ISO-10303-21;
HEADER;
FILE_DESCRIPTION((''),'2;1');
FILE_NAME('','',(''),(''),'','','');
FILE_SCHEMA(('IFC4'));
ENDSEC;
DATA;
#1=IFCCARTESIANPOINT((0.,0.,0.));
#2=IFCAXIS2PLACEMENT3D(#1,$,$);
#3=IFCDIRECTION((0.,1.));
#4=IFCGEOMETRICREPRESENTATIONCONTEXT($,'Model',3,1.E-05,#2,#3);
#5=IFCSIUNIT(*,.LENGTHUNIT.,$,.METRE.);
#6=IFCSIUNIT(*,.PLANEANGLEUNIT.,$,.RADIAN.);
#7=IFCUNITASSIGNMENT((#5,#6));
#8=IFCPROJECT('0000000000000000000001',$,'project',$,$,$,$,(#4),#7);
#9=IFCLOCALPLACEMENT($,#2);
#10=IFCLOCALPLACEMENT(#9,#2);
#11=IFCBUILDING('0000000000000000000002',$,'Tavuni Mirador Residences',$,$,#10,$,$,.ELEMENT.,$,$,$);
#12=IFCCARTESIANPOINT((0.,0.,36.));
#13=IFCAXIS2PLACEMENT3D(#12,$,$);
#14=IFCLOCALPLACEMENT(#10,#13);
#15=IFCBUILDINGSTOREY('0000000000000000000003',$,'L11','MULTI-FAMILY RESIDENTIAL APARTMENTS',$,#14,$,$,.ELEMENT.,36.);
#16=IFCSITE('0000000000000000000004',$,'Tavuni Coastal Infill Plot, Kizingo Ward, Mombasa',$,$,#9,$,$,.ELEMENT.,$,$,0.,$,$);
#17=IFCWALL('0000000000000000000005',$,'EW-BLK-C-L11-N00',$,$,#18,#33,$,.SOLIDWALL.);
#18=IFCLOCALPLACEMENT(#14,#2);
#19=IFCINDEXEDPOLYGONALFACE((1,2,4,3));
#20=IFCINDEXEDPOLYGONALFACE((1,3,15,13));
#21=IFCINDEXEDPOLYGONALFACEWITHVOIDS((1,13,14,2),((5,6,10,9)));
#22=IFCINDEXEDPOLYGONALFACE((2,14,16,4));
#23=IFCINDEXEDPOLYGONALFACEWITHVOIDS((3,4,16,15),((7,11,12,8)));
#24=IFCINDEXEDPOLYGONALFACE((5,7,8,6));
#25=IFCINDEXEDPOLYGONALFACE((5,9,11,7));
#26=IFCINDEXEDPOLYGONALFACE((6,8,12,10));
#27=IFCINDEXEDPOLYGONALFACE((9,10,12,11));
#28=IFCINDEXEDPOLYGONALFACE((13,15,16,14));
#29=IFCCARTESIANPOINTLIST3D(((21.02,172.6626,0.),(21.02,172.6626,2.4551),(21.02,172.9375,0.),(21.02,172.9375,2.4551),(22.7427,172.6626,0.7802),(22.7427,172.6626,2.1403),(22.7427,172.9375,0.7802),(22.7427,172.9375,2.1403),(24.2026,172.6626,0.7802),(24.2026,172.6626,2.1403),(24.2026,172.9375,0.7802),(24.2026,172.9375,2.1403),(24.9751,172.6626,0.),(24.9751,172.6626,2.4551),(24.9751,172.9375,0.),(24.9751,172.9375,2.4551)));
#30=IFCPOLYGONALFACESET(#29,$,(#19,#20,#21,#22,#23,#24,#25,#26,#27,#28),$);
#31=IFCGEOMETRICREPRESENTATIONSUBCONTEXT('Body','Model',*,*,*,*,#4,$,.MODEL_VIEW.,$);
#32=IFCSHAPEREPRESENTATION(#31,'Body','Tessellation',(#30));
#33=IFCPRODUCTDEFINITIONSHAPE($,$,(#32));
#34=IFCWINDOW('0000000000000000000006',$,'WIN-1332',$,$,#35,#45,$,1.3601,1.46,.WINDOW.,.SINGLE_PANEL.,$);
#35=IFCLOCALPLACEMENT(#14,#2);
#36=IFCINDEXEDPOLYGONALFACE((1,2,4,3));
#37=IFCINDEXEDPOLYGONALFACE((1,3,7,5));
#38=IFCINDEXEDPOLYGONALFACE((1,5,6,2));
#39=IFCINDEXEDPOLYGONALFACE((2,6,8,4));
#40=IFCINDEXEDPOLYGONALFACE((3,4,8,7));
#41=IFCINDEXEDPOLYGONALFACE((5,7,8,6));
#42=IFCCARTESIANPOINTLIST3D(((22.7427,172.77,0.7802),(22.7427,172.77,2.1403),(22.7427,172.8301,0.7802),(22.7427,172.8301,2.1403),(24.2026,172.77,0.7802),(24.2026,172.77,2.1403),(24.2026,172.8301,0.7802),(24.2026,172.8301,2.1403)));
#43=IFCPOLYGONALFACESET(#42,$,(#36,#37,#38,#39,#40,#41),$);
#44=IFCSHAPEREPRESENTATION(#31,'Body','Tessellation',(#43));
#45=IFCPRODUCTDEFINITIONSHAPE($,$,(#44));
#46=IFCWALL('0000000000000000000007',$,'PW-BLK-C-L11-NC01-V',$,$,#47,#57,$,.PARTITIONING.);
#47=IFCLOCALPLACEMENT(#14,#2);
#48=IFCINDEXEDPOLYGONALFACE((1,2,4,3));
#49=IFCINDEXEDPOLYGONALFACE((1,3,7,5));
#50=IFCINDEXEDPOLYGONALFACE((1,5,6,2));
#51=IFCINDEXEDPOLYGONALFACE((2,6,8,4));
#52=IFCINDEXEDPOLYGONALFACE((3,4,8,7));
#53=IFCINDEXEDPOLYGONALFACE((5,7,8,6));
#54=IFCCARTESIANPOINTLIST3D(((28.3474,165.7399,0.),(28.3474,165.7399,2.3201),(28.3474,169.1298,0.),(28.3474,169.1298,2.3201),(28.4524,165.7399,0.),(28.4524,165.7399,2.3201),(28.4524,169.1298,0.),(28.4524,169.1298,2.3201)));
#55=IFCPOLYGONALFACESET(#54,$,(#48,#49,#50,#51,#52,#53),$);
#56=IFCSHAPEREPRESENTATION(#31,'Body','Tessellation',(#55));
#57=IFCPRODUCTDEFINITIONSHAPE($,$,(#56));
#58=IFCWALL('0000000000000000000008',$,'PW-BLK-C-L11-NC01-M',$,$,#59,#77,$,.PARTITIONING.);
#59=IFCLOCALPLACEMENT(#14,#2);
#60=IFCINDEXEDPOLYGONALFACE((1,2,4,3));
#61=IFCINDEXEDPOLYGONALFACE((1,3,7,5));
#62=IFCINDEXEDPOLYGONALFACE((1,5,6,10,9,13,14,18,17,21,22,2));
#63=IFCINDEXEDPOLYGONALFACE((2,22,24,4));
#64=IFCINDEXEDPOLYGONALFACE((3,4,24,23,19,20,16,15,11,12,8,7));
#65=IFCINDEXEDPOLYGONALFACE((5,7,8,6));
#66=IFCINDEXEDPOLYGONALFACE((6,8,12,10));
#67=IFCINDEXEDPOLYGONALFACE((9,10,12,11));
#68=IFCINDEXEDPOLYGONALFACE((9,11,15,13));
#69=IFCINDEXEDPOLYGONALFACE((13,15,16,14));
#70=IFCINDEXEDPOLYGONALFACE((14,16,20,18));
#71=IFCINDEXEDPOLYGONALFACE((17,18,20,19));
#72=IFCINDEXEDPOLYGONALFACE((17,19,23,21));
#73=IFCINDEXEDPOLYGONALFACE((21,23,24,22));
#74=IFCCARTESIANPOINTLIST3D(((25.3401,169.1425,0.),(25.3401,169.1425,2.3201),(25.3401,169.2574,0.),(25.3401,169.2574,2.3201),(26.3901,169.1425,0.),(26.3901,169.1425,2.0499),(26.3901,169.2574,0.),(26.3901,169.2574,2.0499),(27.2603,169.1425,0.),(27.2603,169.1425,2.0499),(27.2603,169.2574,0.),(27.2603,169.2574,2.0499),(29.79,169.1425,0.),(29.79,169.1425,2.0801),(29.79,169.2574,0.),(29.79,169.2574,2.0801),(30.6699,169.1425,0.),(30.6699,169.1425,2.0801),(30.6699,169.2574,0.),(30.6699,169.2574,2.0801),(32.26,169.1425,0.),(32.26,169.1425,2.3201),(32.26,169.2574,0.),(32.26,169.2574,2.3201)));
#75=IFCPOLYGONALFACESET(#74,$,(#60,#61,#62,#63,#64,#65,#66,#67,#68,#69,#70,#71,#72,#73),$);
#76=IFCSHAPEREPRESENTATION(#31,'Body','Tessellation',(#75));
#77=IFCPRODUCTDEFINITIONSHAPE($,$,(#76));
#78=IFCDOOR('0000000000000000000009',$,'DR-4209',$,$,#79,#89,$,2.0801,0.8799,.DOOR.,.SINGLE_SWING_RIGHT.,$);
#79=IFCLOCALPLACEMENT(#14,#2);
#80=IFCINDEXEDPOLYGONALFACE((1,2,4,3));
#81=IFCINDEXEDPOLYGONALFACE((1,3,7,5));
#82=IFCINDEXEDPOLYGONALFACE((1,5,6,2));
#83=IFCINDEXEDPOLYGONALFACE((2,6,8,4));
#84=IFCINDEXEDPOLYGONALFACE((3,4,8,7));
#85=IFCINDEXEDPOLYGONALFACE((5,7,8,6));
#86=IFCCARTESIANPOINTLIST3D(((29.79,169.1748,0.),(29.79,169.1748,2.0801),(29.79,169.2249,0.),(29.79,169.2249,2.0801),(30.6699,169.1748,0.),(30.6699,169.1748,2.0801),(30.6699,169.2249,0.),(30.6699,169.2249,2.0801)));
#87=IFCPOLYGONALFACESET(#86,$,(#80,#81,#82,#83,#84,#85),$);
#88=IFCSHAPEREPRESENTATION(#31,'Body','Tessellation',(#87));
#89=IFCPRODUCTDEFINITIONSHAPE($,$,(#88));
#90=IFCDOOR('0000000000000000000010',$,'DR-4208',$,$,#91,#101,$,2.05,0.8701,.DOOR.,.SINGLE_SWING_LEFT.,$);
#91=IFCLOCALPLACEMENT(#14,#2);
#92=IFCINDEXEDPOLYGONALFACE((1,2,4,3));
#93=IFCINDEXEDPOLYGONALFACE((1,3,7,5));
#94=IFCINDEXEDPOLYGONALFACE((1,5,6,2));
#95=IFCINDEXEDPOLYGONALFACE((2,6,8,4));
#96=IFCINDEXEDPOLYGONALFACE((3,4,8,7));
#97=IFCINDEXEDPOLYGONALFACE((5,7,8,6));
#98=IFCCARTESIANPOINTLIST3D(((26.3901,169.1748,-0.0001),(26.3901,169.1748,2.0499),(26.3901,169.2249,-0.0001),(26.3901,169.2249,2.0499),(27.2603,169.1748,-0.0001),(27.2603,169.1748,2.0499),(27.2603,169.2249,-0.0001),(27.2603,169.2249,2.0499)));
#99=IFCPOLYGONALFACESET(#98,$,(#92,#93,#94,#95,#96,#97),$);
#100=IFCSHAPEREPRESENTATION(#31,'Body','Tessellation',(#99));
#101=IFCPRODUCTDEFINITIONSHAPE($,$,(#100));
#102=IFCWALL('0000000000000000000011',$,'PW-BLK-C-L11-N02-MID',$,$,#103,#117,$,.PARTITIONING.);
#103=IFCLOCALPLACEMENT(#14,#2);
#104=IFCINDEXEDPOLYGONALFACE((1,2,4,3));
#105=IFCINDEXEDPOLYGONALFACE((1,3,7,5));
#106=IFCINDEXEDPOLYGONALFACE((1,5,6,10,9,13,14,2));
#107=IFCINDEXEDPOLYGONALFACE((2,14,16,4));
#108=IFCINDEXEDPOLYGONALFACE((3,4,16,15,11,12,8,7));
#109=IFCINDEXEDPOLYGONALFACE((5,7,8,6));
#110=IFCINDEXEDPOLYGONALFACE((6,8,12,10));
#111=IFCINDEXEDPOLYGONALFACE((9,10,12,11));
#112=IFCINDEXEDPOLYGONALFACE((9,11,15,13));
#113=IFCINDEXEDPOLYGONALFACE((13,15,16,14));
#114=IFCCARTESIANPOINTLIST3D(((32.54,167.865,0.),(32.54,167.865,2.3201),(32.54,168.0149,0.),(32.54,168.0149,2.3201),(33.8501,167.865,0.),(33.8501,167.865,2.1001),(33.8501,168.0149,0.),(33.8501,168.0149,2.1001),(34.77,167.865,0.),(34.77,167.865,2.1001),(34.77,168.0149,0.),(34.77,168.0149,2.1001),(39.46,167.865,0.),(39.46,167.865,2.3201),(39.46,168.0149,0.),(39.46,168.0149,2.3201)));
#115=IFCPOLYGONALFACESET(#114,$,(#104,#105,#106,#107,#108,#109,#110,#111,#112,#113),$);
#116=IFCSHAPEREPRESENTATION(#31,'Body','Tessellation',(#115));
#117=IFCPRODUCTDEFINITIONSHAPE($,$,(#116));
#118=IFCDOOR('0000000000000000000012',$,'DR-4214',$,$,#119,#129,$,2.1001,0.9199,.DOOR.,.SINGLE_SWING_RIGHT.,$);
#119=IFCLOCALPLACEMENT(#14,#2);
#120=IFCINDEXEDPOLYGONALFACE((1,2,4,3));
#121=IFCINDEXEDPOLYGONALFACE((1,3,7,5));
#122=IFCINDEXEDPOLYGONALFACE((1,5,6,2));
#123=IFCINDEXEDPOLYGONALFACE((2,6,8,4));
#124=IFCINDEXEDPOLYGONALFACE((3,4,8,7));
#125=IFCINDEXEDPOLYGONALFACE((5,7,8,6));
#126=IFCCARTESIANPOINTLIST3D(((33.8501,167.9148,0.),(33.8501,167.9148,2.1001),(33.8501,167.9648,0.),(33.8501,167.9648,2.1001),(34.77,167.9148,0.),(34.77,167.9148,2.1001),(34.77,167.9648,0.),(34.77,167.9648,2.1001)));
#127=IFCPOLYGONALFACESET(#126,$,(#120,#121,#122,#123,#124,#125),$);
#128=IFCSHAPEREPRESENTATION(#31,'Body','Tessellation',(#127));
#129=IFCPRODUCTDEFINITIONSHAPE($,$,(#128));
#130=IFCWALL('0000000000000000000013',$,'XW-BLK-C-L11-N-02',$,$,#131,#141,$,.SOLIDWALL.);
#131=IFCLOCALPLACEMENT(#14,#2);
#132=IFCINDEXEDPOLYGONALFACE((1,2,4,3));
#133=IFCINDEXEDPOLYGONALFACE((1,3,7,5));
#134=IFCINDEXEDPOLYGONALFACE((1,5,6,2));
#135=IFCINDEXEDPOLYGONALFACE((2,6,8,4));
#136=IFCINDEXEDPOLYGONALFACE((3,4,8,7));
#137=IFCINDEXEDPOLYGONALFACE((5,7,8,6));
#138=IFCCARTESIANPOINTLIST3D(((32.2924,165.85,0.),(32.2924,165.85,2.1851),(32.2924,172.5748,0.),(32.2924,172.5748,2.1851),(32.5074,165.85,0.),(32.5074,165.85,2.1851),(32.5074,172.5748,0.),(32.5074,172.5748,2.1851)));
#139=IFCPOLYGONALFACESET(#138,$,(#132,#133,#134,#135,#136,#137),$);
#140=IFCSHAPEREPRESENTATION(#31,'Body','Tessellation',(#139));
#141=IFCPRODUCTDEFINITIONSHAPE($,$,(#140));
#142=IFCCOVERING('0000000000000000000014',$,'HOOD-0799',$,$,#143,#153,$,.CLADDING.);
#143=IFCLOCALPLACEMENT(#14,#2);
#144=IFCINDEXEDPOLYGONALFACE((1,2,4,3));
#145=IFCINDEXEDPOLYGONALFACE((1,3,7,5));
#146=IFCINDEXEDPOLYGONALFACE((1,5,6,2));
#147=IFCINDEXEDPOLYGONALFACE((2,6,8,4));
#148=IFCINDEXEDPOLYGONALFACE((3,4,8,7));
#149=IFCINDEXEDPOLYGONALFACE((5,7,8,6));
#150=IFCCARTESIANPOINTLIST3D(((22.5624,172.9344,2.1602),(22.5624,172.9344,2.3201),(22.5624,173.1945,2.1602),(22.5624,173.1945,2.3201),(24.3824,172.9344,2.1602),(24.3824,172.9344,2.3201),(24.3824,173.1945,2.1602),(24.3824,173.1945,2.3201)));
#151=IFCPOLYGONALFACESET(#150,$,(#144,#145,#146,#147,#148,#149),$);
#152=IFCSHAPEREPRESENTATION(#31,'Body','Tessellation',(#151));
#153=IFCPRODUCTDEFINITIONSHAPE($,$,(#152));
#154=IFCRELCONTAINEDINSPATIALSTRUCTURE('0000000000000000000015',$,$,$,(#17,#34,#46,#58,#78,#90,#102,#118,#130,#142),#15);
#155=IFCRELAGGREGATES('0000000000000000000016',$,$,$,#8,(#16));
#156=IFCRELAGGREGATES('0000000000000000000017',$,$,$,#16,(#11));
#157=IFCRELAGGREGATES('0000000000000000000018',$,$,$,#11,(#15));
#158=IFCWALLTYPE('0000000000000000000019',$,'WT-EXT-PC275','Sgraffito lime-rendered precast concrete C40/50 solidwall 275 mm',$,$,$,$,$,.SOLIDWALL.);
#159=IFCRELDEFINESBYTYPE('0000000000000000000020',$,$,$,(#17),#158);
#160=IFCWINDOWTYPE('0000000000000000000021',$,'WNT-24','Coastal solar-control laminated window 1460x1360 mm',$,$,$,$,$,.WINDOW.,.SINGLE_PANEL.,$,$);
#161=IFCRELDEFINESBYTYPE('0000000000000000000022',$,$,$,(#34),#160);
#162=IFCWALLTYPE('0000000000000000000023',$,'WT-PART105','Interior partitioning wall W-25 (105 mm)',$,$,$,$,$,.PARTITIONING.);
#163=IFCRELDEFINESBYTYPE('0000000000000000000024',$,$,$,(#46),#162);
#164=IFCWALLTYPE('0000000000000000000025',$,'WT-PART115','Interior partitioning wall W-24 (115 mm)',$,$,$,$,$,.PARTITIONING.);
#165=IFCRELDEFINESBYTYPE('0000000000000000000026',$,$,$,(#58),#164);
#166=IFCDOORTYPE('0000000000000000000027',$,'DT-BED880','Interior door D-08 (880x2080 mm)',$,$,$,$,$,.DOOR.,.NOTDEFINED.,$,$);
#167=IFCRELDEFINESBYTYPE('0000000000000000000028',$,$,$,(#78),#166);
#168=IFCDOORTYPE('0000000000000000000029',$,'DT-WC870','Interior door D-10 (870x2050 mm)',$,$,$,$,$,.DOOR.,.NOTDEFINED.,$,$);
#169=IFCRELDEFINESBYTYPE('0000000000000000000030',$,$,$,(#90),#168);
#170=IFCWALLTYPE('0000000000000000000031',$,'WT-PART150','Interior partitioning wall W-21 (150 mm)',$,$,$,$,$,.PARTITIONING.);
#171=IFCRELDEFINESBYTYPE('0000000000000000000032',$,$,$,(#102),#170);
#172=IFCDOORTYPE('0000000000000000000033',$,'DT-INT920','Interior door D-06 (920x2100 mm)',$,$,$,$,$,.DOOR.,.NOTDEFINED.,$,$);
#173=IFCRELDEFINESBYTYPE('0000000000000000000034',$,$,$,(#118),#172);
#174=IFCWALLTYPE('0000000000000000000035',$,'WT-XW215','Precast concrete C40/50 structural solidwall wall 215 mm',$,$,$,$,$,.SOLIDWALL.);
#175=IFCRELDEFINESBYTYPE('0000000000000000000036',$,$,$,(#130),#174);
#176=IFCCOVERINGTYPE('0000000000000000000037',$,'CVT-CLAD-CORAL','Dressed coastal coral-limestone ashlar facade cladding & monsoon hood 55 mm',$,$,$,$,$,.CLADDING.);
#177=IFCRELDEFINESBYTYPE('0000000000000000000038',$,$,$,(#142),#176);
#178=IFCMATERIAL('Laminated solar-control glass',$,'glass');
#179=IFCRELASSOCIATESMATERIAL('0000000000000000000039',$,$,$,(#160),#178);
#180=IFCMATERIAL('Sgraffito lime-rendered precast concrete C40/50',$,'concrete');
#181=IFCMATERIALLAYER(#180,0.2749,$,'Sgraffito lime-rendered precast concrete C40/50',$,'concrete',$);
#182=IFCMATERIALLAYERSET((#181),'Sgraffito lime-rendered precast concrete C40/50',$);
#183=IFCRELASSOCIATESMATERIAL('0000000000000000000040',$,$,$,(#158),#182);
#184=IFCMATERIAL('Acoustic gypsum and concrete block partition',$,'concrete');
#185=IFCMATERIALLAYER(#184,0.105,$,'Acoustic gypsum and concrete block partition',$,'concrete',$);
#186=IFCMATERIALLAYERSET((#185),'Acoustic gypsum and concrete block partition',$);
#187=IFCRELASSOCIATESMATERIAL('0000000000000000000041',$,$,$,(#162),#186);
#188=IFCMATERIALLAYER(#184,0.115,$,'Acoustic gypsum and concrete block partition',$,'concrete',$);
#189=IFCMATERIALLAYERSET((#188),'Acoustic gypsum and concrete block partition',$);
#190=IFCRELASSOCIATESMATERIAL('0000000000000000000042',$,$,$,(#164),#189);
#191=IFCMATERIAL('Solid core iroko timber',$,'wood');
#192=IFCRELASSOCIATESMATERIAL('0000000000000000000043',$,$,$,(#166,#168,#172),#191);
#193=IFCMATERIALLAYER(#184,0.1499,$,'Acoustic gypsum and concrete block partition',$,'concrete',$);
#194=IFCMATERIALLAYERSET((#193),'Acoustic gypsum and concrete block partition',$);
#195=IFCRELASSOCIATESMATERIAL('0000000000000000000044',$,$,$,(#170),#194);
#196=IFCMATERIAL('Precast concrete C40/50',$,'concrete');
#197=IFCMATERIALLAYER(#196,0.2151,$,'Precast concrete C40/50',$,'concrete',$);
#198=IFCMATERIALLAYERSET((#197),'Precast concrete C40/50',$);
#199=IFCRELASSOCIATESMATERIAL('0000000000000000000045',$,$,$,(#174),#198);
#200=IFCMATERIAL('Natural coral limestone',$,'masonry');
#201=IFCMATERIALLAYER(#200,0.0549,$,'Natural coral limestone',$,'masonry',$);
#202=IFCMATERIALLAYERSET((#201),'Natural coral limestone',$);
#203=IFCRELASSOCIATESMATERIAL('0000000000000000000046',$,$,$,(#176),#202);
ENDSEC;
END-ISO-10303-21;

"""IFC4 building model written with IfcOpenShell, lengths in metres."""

from ifc_helpers import new_model, si_unit, direction, frame, frame_2d, origin, origin_2d, place, context, subcontext, project, spatial, rectangle, extrude, material, layer, layer_set, type_object, element, fill, save


model = new_model("IFC4")

# Units and contexts
model_context = context("Model", 3, precision=1e-05, world=origin(), true_north=direction((0.0, 1.0)))
body_context = subcontext(model_context, "Body", "Model", "MODEL_VIEW")
ifc_project = project(units=[si_unit("LENGTHUNIT", "METRE"), si_unit("PLANEANGLEUNIT", "RADIAN")], contexts=[model_context])

# Site, building, storey
site_placement = place(None, origin())
site = spatial("IfcSite", under=ifc_project, at=site_placement, Name="Tavuni Coastal Infill Plot, Kizingo Ward, Mombasa", CompositionType="ELEMENT", RefElevation=0.0)
building_placement = place(site_placement, origin())
building = spatial("IfcBuilding", under=site, at=building_placement, Name="Tavuni Mirador Residences", CompositionType="ELEMENT")
storey_placement = place(building_placement, frame((0.0, 0.0, 36.0)))
storey = spatial("IfcBuildingStorey", under=building, at=storey_placement, Name="L11", Description="MULTI-FAMILY RESIDENTIAL APARTMENTS", CompositionType="ELEMENT", Elevation=36.0)

# Shared definitions
ifc_material_1 = material(Name="Precast concrete C40/50", Category="concrete")

# Shared definitions
ifc_material_2 = material(Name="Sgraffito lime-rendered precast concrete C40/50", Category="concrete")
ifc_material_3 = material(Name="Laminated solar-control glass", Category="glass")
window_type_1 = type_object("IfcWindowType", Name="WNT-24", Description="Coastal solar-control laminated window 1460x1360 mm", PartitioningType="SINGLE_PANEL", PredefinedType="WINDOW", material=ifc_material_3)

# Wall, opening, window
ifc_layer_1 = layer(ifc_material_2, 0.2749, Name="Sgraffito lime-rendered precast concrete C40/50", Category="concrete")
ifc_layer_set_1 = layer_set([ifc_layer_1], Name="Sgraffito lime-rendered precast concrete C40/50")
wall_type_1 = type_object("IfcWallType", Name="WT-EXT-PC275", Description="Sgraffito lime-rendered precast concrete C40/50 solidwall 275 mm", PredefinedType="SOLIDWALL", material=ifc_layer_set_1)
wall_1_placement = place(storey_placement, frame((24.9751, 172.8, 0.0), z_axis=(0.0, 0.0, 1.0), x_axis=(-1.0, 0.0, 0.0)))
wall_1 = element("IfcWall", 1, at=wall_1_placement, inside=storey, type_object=wall_type_1, Name="EW-BLK-C-L11-N00", PredefinedType="SOLIDWALL", context=body_context, shape_type="SweptSolid", body=[
    extrude(rectangle(XDim=3.9551, YDim=0.2749, at=frame_2d((1.9775, 0.0))), origin(), (0.0, 0.0, 1.0), 2.4551),
])
opening_1_placement = place(wall_1_placement, frame((0.7725, 0.0, 0.78)))
opening_1 = element("IfcOpeningElement", 2, at=opening_1_placement, cuts=wall_1, PredefinedType="OPENING", context=body_context, shape_type="SweptSolid", body=[
    extrude(rectangle(XDim=1.46, YDim=1.3601, at=frame_2d((0.73, 0.6802))), frame((0.0, 0.1475, 0.0), z_axis=(0.0, -1.0, 0.0), x_axis=(1.0, 0.0, 0.0)), (0.0, 0.0, 1.0), 0.2949),
])
window_1_placement = place(opening_1_placement, origin())
window_1 = element("IfcWindow", 3, at=window_1_placement, inside=storey, type_object=window_type_1, Name="WIN-1332", OverallHeight=1.3601, OverallWidth=1.46, PartitioningType="SINGLE_PANEL", PredefinedType="WINDOW", context=body_context, shape_type="SweptSolid", body=[
    extrude(rectangle(XDim=1.46, YDim=1.3601, at=frame_2d((0.73, 0.6802))), frame((0.0, 0.03, 0.0), z_axis=(0.0, -1.0, 0.0), x_axis=(1.0, 0.0, 0.0)), (0.0, 0.0, 1.0), 0.0601),
])
fill(opening_1, window_1)

# Wall
ifc_material_4 = material(Name="Acoustic gypsum and concrete block partition", Category="concrete")
ifc_layer_2 = layer(ifc_material_4, 0.105, Name="Acoustic gypsum and concrete block partition", Category="concrete")
ifc_layer_set_2 = layer_set([ifc_layer_2], Name="Acoustic gypsum and concrete block partition")
wall_type_2 = type_object("IfcWallType", Name="WT-PART105", Description="Interior partitioning wall W-25 (105 mm)", PredefinedType="PARTITIONING", material=ifc_layer_set_2)
wall_2_placement = place(storey_placement, frame((28.3999, 165.74, 0.0), z_axis=(0.0, 0.0, 1.0), x_axis=(0.0, 1.0, 0.0)))
element("IfcWall", 4, at=wall_2_placement, inside=storey, type_object=wall_type_2, Name="PW-BLK-C-L11-NC01-V", PredefinedType="PARTITIONING", context=body_context, shape_type="SweptSolid", body=[
    extrude(rectangle(XDim=3.3899, YDim=0.105, at=frame_2d((1.6948, 0.0))), origin(), (0.0, 0.0, 1.0), 2.3201),
])

# Wall, openings, doors
ifc_layer_3 = layer(ifc_material_4, 0.115, Name="Acoustic gypsum and concrete block partition", Category="concrete")
ifc_layer_set_3 = layer_set([ifc_layer_3], Name="Acoustic gypsum and concrete block partition")
wall_type_3 = type_object("IfcWallType", Name="WT-PART115", Description="Interior partitioning wall W-24 (115 mm)", PredefinedType="PARTITIONING", material=ifc_layer_set_3)
wall_3_placement = place(storey_placement, frame((25.3401, 169.2, 0.0), z_axis=(0.0, 0.0, 1.0), x_axis=(1.0, 0.0, 0.0)))
wall_3 = element("IfcWall", 5, at=wall_3_placement, inside=storey, type_object=wall_type_3, Name="PW-BLK-C-L11-NC01-M", PredefinedType="PARTITIONING", context=body_context, shape_type="SweptSolid", body=[
    extrude(rectangle(XDim=6.9199, YDim=0.115, at=frame_2d((3.46, 0.0))), origin(), (0.0, 0.0, 1.0), 2.3201),
])
opening_2_placement = place(wall_3_placement, frame((1.05, 0.0, 0.0)))
opening_2 = element("IfcOpeningElement", 6, at=opening_2_placement, cuts=wall_3, PredefinedType="OPENING", context=body_context, shape_type="SweptSolid", body=[
    extrude(rectangle(XDim=0.8701, YDim=2.05, at=frame_2d((0.4351, 1.0249))), frame((0.0, 0.0674, 0.0), z_axis=(0.0, -1.0, 0.0), x_axis=(1.0, 0.0, 0.0)), (0.0, 0.0, 1.0), 0.135),
])
opening_3_placement = place(wall_3_placement, frame((4.45, 0.0, 0.0)))
opening_3 = element("IfcOpeningElement", 7, at=opening_3_placement, cuts=wall_3, PredefinedType="OPENING", context=body_context, shape_type="SweptSolid", body=[
    extrude(rectangle(XDim=0.8799, YDim=2.0801, at=frame_2d((0.4399, 1.04))), frame((0.0, 0.0674, 0.0), z_axis=(0.0, -1.0, 0.0), x_axis=(1.0, 0.0, 0.0)), (0.0, 0.0, 1.0), 0.135),
])
ifc_material_5 = material(Name="Solid core iroko timber", Category="wood")
door_type_1 = type_object("IfcDoorType", Name="DT-BED880", Description="Interior door D-08 (880x2080 mm)", OperationType="NOTDEFINED", PredefinedType="DOOR", material=ifc_material_5)
door_1_placement = place(opening_3_placement, origin())
door_1 = element("IfcDoor", 8, at=door_1_placement, inside=storey, type_object=door_type_1, Name="DR-4209", OperationType="SINGLE_SWING_RIGHT", OverallHeight=2.0801, OverallWidth=0.8799, PredefinedType="DOOR", context=body_context, shape_type="SweptSolid", body=[
    extrude(rectangle(XDim=0.8799, YDim=2.0801, at=frame_2d((0.4399, 1.04))), frame((0.0, 0.0249, 0.0), z_axis=(0.0, -1.0, 0.0), x_axis=(1.0, 0.0, 0.0)), (0.0, 0.0, 1.0), 0.05),
])
fill(opening_3, door_1)
door_type_2 = type_object("IfcDoorType", Name="DT-WC870", Description="Interior door D-10 (870x2050 mm)", OperationType="NOTDEFINED", PredefinedType="DOOR", material=ifc_material_5)
door_2_placement = place(opening_2_placement, origin())
door_2 = element("IfcDoor", 9, at=door_2_placement, inside=storey, type_object=door_type_2, Name="DR-4208", OperationType="SINGLE_SWING_LEFT", OverallHeight=2.05, OverallWidth=0.8701, PredefinedType="DOOR", context=body_context, shape_type="SweptSolid", body=[
    extrude(rectangle(XDim=0.8701, YDim=2.05, at=frame_2d((0.4351, 1.0249))), frame((0.0, 0.0249, 0.0), z_axis=(0.0, -1.0, 0.0), x_axis=(1.0, 0.0, 0.0)), (0.0, 0.0, 1.0), 0.05),
])
fill(opening_2, door_2)

# Wall, opening, door
ifc_layer_4 = layer(ifc_material_4, 0.1499, Name="Acoustic gypsum and concrete block partition", Category="concrete")
ifc_layer_set_4 = layer_set([ifc_layer_4], Name="Acoustic gypsum and concrete block partition")
wall_type_4 = type_object("IfcWallType", Name="WT-PART150", Description="Interior partitioning wall W-21 (150 mm)", PredefinedType="PARTITIONING", material=ifc_layer_set_4)
wall_4_placement = place(storey_placement, frame((32.54, 167.9399, 0.0), z_axis=(0.0, 0.0, 1.0), x_axis=(1.0, 0.0, 0.0)))
wall_4 = element("IfcWall", 10, at=wall_4_placement, inside=storey, type_object=wall_type_4, Name="PW-BLK-C-L11-N02-MID", PredefinedType="PARTITIONING", context=body_context, shape_type="SweptSolid", body=[
    extrude(rectangle(XDim=6.9199, YDim=0.1499, at=frame_2d((3.46, 0.0))), origin(), (0.0, 0.0, 1.0), 2.3201),
])
opening_4_placement = place(wall_4_placement, frame((1.3101, 0.0, 0.0)))
opening_4 = element("IfcOpeningElement", 11, at=opening_4_placement, cuts=wall_4, PredefinedType="OPENING", context=body_context, shape_type="SweptSolid", body=[
    extrude(rectangle(XDim=0.9199, YDim=2.1001, at=frame_2d((0.46, 1.05))), frame((0.0, 0.085, 0.0), z_axis=(0.0, -1.0, 0.0), x_axis=(1.0, 0.0, 0.0)), (0.0, 0.0, 1.0), 0.1699),
])
door_type_3 = type_object("IfcDoorType", Name="DT-INT920", Description="Interior door D-06 (920x2100 mm)", OperationType="NOTDEFINED", PredefinedType="DOOR", material=ifc_material_5)
door_3_placement = place(opening_4_placement, origin())
door_3 = element("IfcDoor", 12, at=door_3_placement, inside=storey, type_object=door_type_3, Name="DR-4214", OperationType="SINGLE_SWING_RIGHT", OverallHeight=2.1001, OverallWidth=0.9199, PredefinedType="DOOR", context=body_context, shape_type="SweptSolid", body=[
    extrude(rectangle(XDim=0.9199, YDim=2.1001, at=frame_2d((0.46, 1.05))), frame((0.0, 0.0249, 0.0), z_axis=(0.0, -1.0, 0.0), x_axis=(1.0, 0.0, 0.0)), (0.0, 0.0, 1.0), 0.05),
])
fill(opening_4, door_3)
ifc_layer_5 = layer(ifc_material_1, 0.2151, Name="Precast concrete C40/50", Category="concrete")
ifc_layer_set_5 = layer_set([ifc_layer_5], Name="Precast concrete C40/50")
wall_type_5 = type_object("IfcWallType", Name="WT-XW215", Description="Precast concrete C40/50 structural solidwall wall 215 mm", PredefinedType="SOLIDWALL", material=ifc_layer_set_5)

# Wall
wall_5_placement = place(storey_placement, frame((32.3999, 165.8501, 0.0), z_axis=(0.0, 0.0, 1.0), x_axis=(0.0, 1.0, 0.0)))
element("IfcWall", 13, at=wall_5_placement, inside=storey, type_object=wall_type_5, Name="XW-BLK-C-L11-N-02", PredefinedType="SOLIDWALL", context=body_context, shape_type="SweptSolid", body=[
    extrude(rectangle(XDim=6.7249, YDim=0.2151, at=frame_2d((3.3623, 0.0))), origin(), (0.0, 0.0, 1.0), 2.1851),
])

# Covering
ifc_material_6 = material(Name="Natural coral limestone", Category="masonry")
ifc_layer_6 = layer(ifc_material_6, 0.0549, Name="Natural coral limestone", Category="masonry")
ifc_layer_set_6 = layer_set([ifc_layer_6], Name="Natural coral limestone")
covering_type = type_object("IfcCoveringType", Name="CVT-CLAD-CORAL", Description="Dressed coastal coral-limestone ashlar facade cladding & monsoon hood 55 mm", PredefinedType="CLADDING", material=ifc_layer_set_6)
covering_placement = place(storey_placement, frame((23.4724, 173.0645, 2.1602), z_axis=(0.0, 0.0, 1.0), x_axis=(-1.0, 0.0, 0.0)))
element("IfcCovering", 14, at=covering_placement, inside=storey, type_object=covering_type, Name="HOOD-0799", PredefinedType="CLADDING", context=body_context, shape_type="SweptSolid", body=[
    extrude(rectangle(XDim=1.8201, YDim=0.26, at=origin_2d()), origin(), (0.0, 0.0, 1.0), 0.1599),
])

save(model, "model.ifc")
